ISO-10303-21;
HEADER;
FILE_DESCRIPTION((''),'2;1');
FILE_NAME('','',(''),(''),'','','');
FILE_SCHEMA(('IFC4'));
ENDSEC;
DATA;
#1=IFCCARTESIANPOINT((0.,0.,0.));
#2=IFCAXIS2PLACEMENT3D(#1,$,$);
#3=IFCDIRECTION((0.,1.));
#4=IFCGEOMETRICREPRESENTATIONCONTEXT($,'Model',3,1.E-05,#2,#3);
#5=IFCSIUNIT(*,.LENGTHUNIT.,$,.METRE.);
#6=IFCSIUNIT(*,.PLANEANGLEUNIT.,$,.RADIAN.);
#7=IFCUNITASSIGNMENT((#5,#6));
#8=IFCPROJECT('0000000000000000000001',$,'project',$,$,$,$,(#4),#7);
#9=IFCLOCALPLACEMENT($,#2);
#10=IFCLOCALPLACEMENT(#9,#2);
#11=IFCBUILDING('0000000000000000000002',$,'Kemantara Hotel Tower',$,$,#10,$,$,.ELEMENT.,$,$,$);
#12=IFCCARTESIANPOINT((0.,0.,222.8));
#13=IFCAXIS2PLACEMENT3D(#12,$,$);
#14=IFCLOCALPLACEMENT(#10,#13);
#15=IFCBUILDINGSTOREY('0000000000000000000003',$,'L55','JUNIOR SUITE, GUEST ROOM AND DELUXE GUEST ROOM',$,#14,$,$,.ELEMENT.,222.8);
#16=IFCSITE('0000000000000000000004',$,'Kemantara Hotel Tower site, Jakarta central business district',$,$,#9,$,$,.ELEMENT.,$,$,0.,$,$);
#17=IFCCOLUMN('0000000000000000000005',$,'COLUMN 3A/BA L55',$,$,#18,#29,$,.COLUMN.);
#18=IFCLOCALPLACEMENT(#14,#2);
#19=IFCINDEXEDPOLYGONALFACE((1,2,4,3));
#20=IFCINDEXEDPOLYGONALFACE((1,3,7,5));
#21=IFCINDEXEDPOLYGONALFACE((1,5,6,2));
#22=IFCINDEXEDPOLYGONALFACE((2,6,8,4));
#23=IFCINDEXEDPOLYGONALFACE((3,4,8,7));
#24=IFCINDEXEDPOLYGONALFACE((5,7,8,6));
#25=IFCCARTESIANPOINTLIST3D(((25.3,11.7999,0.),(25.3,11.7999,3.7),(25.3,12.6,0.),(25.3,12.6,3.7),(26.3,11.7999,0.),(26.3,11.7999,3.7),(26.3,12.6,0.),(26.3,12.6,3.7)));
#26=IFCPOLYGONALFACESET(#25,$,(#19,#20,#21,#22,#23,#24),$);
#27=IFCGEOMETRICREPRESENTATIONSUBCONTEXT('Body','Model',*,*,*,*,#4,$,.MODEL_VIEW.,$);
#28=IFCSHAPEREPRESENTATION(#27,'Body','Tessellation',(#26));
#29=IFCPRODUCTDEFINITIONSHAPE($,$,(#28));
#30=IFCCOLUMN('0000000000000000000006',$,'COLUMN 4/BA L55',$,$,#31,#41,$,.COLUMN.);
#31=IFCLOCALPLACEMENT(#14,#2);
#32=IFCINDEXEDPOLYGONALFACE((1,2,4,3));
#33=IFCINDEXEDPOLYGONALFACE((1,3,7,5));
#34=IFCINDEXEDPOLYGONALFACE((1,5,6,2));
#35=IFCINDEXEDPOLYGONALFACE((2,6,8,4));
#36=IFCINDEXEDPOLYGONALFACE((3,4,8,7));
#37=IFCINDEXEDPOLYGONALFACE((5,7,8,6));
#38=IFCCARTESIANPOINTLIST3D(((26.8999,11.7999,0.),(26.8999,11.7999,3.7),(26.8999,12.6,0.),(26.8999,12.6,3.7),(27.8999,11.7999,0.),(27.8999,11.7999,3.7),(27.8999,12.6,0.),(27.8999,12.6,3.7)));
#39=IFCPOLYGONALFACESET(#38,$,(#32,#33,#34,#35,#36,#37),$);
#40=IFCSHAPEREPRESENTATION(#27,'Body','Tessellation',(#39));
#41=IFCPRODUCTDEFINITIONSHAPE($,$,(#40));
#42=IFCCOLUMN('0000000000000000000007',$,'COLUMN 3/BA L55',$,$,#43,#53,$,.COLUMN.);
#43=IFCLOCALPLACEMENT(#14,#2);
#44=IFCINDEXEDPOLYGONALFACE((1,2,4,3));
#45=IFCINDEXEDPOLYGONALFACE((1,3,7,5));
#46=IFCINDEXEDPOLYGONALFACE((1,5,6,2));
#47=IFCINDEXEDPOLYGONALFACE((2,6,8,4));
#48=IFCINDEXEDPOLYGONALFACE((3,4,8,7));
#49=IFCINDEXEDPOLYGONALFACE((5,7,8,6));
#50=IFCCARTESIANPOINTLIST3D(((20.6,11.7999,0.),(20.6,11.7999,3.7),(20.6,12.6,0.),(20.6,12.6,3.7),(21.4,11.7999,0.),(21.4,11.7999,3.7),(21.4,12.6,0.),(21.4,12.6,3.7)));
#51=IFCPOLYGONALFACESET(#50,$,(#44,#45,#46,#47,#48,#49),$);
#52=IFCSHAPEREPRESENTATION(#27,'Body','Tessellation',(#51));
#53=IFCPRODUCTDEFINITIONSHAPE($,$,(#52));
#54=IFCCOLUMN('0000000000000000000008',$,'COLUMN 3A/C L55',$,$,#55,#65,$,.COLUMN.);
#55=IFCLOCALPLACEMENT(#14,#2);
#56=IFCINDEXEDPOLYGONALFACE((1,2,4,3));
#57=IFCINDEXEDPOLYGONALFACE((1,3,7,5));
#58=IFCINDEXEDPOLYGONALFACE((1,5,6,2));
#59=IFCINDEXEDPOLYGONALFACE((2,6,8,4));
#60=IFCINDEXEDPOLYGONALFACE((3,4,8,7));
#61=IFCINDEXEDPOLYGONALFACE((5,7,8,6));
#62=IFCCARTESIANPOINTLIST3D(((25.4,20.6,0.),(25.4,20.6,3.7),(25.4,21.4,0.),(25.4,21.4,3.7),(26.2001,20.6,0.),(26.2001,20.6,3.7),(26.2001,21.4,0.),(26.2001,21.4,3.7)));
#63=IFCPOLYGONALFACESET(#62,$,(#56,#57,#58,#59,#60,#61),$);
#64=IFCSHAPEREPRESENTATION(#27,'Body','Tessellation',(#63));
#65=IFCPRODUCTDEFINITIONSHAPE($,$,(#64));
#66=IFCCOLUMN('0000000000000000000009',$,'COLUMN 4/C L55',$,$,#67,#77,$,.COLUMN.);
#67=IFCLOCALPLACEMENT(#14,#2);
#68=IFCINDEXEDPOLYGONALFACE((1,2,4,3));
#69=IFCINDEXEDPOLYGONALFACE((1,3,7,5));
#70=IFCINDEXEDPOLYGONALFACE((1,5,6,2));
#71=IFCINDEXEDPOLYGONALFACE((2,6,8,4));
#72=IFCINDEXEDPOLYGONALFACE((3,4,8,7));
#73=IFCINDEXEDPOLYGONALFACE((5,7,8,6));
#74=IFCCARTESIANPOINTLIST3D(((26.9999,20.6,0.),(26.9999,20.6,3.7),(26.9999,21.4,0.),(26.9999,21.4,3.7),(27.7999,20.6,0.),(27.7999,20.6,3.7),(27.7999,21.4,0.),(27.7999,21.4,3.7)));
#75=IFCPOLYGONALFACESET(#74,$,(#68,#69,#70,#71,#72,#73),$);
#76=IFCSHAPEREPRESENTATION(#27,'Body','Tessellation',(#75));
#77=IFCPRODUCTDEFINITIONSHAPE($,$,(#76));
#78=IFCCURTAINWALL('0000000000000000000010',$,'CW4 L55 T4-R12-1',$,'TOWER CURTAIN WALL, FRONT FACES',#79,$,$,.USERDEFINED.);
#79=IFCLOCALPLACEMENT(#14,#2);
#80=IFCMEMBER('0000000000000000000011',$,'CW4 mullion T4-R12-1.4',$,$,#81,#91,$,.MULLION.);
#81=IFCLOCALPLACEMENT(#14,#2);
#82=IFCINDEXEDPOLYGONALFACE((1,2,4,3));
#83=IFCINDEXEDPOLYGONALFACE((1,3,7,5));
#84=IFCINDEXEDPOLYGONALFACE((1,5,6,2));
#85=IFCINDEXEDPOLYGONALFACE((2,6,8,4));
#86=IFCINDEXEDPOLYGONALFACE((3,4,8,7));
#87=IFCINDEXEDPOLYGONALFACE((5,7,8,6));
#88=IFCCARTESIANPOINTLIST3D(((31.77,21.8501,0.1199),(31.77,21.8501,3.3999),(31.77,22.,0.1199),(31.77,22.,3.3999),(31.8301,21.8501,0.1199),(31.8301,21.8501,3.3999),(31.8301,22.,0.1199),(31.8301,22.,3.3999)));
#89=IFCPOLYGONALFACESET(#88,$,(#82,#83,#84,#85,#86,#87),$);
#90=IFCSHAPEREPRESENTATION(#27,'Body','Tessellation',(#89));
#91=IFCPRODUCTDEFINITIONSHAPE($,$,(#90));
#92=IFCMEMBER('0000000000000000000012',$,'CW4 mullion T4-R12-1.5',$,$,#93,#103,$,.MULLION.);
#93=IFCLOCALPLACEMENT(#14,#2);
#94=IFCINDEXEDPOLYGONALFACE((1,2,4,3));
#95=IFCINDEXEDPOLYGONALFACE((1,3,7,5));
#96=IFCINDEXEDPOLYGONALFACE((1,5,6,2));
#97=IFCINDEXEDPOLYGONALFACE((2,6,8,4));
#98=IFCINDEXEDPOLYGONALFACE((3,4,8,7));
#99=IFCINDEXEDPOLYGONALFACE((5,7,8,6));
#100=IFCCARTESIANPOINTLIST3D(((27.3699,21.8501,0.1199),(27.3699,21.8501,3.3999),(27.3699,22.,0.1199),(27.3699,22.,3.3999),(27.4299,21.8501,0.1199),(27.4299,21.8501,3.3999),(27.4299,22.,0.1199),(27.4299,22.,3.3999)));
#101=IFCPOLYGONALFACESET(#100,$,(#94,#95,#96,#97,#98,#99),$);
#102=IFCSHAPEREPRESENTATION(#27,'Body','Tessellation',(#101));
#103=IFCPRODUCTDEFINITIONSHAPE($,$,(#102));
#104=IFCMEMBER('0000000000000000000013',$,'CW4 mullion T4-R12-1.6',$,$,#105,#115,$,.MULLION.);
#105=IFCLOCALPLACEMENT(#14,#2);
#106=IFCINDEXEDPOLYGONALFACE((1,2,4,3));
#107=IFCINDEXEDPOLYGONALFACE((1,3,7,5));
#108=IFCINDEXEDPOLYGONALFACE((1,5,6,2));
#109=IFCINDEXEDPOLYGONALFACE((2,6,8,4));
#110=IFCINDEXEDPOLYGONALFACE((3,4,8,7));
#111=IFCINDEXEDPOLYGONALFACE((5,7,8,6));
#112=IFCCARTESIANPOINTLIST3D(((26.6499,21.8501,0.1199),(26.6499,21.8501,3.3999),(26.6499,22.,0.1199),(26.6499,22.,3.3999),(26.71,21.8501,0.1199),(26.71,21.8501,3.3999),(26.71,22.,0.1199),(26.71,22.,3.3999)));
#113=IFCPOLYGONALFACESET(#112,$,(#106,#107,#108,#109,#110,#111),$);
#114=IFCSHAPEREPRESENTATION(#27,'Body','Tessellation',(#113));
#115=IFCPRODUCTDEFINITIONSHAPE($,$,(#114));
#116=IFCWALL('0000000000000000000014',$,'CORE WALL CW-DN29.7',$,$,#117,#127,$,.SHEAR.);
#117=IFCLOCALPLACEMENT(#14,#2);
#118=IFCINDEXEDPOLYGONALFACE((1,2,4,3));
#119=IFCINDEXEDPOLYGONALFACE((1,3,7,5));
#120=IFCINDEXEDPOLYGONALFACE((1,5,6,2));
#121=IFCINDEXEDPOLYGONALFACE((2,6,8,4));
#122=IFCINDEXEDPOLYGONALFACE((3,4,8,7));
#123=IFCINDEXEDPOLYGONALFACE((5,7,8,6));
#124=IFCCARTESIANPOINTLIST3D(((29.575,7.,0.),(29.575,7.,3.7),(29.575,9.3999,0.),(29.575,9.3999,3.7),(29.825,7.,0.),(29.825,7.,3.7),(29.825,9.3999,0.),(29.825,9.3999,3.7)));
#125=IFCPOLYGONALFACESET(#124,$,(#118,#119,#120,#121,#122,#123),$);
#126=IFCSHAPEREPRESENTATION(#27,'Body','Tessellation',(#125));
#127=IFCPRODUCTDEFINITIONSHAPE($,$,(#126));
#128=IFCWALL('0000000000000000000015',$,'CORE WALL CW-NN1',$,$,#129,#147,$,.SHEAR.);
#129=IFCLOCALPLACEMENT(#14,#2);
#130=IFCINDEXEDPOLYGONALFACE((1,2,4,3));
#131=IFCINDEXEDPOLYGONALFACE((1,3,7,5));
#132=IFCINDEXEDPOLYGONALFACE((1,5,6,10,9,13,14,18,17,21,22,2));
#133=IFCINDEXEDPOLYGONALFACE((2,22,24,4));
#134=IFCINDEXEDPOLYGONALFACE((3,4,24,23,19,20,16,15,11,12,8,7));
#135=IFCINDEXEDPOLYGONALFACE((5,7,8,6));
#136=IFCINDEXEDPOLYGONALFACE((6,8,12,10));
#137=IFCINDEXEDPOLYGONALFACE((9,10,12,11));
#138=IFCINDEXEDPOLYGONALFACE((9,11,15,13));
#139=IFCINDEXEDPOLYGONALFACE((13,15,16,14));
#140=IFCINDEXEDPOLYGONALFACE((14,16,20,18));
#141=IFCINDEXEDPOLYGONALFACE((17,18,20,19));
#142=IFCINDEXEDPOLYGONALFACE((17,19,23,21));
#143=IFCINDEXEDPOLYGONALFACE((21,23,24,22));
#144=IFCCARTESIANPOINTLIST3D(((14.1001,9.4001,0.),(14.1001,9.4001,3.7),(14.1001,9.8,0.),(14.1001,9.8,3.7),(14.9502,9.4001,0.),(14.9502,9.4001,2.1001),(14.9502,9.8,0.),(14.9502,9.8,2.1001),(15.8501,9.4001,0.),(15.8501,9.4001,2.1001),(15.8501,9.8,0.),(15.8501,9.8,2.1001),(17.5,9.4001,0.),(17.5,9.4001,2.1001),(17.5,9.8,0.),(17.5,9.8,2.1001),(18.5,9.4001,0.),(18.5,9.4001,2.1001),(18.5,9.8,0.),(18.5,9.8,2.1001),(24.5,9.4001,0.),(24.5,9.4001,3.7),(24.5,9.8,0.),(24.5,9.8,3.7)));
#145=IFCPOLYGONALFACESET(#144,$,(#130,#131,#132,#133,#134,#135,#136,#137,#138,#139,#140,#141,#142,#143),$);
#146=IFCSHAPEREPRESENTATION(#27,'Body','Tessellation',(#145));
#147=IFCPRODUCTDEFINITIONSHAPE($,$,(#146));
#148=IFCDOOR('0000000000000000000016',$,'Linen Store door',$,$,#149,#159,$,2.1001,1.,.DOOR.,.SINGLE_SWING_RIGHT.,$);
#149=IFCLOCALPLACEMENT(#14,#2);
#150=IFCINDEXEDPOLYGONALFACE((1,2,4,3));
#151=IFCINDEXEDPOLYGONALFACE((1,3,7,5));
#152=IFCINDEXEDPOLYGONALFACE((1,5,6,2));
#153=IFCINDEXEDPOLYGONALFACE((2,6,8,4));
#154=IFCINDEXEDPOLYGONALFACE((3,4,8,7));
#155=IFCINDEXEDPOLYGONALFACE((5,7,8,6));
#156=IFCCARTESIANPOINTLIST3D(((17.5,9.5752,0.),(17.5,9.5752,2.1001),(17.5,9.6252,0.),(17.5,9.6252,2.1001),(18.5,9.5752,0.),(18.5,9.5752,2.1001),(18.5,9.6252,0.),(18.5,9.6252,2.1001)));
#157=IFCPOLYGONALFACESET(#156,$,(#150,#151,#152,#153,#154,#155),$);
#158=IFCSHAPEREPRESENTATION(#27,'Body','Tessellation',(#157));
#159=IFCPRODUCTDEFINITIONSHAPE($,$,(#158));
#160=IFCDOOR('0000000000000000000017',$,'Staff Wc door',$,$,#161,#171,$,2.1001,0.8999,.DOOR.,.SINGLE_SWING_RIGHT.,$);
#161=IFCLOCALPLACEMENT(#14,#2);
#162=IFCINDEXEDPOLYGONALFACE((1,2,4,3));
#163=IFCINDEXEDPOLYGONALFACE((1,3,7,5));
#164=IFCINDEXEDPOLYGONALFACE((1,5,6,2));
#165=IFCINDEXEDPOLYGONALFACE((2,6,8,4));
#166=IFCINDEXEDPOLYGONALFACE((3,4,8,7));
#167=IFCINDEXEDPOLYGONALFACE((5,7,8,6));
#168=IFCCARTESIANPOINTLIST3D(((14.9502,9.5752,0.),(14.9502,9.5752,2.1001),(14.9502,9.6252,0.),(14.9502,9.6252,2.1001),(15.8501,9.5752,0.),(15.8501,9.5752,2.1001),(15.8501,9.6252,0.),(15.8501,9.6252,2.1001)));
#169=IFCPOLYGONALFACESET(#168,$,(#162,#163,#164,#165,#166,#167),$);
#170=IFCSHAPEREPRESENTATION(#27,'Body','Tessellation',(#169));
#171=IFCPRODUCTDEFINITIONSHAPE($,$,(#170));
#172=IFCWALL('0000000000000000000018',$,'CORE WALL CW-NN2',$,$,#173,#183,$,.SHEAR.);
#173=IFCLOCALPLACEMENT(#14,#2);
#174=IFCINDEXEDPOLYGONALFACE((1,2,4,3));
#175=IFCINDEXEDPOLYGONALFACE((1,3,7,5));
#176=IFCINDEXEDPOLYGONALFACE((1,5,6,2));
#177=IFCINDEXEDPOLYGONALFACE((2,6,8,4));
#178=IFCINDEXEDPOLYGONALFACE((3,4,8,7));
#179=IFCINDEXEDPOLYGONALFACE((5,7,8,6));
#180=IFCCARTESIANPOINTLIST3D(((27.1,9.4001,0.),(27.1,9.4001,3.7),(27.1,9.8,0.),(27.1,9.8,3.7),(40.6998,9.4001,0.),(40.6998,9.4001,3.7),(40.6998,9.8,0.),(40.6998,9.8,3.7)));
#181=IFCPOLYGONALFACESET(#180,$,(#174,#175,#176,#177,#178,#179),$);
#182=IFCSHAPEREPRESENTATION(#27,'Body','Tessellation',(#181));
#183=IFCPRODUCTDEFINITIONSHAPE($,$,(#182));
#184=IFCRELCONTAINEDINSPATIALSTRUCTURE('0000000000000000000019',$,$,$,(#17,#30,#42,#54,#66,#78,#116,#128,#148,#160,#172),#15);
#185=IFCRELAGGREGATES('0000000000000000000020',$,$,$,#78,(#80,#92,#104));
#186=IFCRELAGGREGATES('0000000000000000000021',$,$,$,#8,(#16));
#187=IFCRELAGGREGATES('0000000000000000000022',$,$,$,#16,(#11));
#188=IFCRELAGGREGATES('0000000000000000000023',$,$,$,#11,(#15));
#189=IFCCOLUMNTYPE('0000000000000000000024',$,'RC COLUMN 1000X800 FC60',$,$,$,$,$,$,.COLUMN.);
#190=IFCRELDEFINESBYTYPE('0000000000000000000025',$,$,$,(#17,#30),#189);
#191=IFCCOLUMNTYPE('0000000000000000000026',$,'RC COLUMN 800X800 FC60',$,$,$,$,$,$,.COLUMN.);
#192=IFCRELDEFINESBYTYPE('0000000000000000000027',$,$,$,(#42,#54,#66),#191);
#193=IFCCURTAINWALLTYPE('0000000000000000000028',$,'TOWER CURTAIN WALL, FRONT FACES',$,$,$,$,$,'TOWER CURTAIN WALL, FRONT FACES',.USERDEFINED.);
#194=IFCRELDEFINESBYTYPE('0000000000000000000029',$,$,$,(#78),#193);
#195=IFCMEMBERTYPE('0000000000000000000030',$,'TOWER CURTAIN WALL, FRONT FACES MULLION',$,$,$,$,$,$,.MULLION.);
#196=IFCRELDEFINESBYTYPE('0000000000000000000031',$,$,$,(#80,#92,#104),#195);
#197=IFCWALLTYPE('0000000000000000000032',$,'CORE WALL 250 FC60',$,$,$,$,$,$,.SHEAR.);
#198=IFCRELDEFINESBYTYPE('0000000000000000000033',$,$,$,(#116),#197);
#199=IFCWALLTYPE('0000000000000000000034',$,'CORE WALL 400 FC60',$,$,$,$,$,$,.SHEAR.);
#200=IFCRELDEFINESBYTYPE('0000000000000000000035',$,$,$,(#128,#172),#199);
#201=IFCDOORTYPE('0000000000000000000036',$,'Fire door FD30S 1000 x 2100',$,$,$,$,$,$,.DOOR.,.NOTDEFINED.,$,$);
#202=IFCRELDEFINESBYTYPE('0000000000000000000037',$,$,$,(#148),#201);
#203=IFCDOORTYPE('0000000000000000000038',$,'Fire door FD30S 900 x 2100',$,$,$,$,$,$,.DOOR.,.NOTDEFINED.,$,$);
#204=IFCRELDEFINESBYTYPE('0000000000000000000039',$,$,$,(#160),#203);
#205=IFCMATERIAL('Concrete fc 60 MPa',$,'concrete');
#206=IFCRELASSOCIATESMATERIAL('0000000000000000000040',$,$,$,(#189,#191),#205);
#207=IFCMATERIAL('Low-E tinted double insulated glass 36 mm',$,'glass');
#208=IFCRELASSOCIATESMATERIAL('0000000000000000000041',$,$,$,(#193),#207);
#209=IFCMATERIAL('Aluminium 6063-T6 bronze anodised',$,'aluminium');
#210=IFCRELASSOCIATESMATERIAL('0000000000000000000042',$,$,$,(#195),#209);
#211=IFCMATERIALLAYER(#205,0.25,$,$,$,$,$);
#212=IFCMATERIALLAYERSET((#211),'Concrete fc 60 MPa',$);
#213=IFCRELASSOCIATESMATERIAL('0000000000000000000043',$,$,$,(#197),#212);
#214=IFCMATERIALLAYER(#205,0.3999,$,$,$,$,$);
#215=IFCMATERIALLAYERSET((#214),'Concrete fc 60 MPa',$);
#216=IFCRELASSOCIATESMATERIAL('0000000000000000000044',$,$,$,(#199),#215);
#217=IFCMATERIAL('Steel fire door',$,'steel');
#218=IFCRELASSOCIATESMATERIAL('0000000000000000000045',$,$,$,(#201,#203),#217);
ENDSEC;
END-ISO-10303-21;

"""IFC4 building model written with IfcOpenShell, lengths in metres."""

from ifc_helpers import new_model, si_unit, direction, frame, frame_2d, origin, origin_2d, place, context, subcontext, project, spatial, rectangle, extrude, source, transform, mapped, material, layer, layer_set, material_profile, profile_set, type_object, element, fill, aggregate, save


model = new_model("IFC4")

# Units and contexts
model_context = context("Model", 3, precision=1e-05, world=origin(), true_north=direction((0.0, 1.0)))
body_context = subcontext(model_context, "Body", "Model", "MODEL_VIEW")
ifc_project = project(units=[si_unit("LENGTHUNIT", "METRE"), si_unit("PLANEANGLEUNIT", "RADIAN")], contexts=[model_context])

# Site, building, storey
site_placement = place(None, origin())
site = spatial("IfcSite", under=ifc_project, at=site_placement, Name="Kemantara Hotel Tower site, Jakarta central business district", CompositionType="ELEMENT", RefElevation=0.0)
building_placement = place(site_placement, origin())
building = spatial("IfcBuilding", under=site, at=building_placement, Name="Kemantara Hotel Tower", CompositionType="ELEMENT")
storey_placement = place(building_placement, frame((0.0, 0.0, 222.8)))
storey = spatial("IfcBuildingStorey", under=building, at=storey_placement, Name="L55", Description="JUNIOR SUITE, GUEST ROOM AND DELUXE GUEST ROOM", CompositionType="ELEMENT", Elevation=222.8)

# Columns
ifc_material_1 = material(Name="Concrete fc 60 MPa", Category="concrete")
ifc_material_profile_1 = material_profile(ifc_material_1, rectangle(XDim=1.0, YDim=0.8, at=origin_2d()), Name="RC 1000X800")
ifc_profile_set_1 = profile_set([ifc_material_profile_1], Name="Concrete fc 60 MPa")
column_type_1 = type_object("IfcColumnType", Name="RC COLUMN 1000X800 FC60", PredefinedType="COLUMN", material=ifc_profile_set_1)
for number, where, z_axis, x_axis, name in (
    (1, (25.8, 12.2, 0.0), (0.0, 0.0, 1.0), (1.0, 0.0, 0.0), "COLUMN 3A/BA L55"),
    (2, (27.3999, 12.2, 0.0), (0.0, 0.0, 1.0), (1.0, 0.0, 0.0), "COLUMN 4/BA L55"),
):
    element("IfcColumn", number, at=place(storey_placement, frame(where, z_axis=z_axis, x_axis=x_axis)), inside=storey, type_object=column_type_1, Name=name, PredefinedType="COLUMN", context=body_context, shape_type="SweptSolid", body=[
        extrude(rectangle(XDim=1.0, YDim=0.8, at=origin_2d()), origin(), (0.0, 0.0, 1.0), 3.7),
    ])
ifc_material_profile_2 = material_profile(ifc_material_1, rectangle(XDim=0.8, YDim=0.8, at=origin_2d()), Name="RC 800X800")
ifc_profile_set_2 = profile_set([ifc_material_profile_2], Name="Concrete fc 60 MPa")
column_type_2 = type_object("IfcColumnType", Name="RC COLUMN 800X800 FC60", PredefinedType="COLUMN", material=ifc_profile_set_2)
for number, where, z_axis, x_axis, name in (
    (3, (21.0, 12.2, 0.0), (0.0, 0.0, 1.0), (1.0, 0.0, 0.0), "COLUMN 3/BA L55"),
    (4, (25.8, 21.0, 0.0), (0.0, 0.0, 1.0), (1.0, 0.0, 0.0), "COLUMN 3A/C L55"),
    (5, (27.3999, 21.0, 0.0), (0.0, 0.0, 1.0), (1.0, 0.0, 0.0), "COLUMN 4/C L55"),
):
    element("IfcColumn", number, at=place(storey_placement, frame(where, z_axis=z_axis, x_axis=x_axis)), inside=storey, type_object=column_type_2, Name=name, PredefinedType="COLUMN", context=body_context, shape_type="SweptSolid", body=[
        extrude(rectangle(XDim=0.8, YDim=0.8, at=origin_2d()), origin(), (0.0, 0.0, 1.0), 3.7),
    ])

# Curtain wall, members
ifc_material_2 = material(Name="Low-E tinted double insulated glass 36 mm", Category="glass")
curtain_wall_type = type_object("IfcCurtainWallType", Name="TOWER CURTAIN WALL, FRONT FACES", ElementType="TOWER CURTAIN WALL, FRONT FACES", PredefinedType="USERDEFINED", material=ifc_material_2)
curtain_wall_placement = place(storey_placement, origin())
curtain_wall = element("IfcCurtainWall", 6, at=curtain_wall_placement, inside=storey, type_object=curtain_wall_type, Name="CW4 L55 T4-R12-1", ObjectType="TOWER CURTAIN WALL, FRONT FACES", PredefinedType="USERDEFINED")
ifc_material_3 = material(Name="Aluminium 6063-T6 bronze anodised", Category="aluminium")
ifc_material_profile_3 = material_profile(ifc_material_3, rectangle(XDim=0.1499, YDim=0.0601, at=origin_2d()), Name="TOWER CURTAIN WALL, FRONT FACES MULLION")
ifc_profile_set_3 = profile_set([ifc_material_profile_3], Name="Aluminium 6063-T6 bronze anodised")
member_type = type_object("IfcMemberType", Name="TOWER CURTAIN WALL, FRONT FACES MULLION", PredefinedType="MULLION", material=ifc_profile_set_3)
shared_shape = source(origin(), body_context, "Body", "SweptSolid", [
    extrude(rectangle(XDim=0.1499, YDim=0.0601, at=origin_2d()), origin(), (0.0, 0.0, 1.0), 3.28),
])
member_1_placement = place(storey_placement, frame((31.8, 21.925, 0.1199), z_axis=(0.0, 0.0, 1.0), x_axis=(0.0, -1.0, 0.0)))
member_1 = element("IfcMember", 7, at=member_1_placement, type_object=member_type, Name="CW4 mullion T4-R12-1.4", PredefinedType="MULLION", context=body_context, shape_type="MappedRepresentation", body=[
    mapped(shared_shape, transform((0.0, 0.0, 0.0))),
])
member_2_placement = place(storey_placement, frame((27.3999, 21.925, 0.1199), z_axis=(0.0, 0.0, 1.0), x_axis=(0.0, -1.0, 0.0)))
member_2 = element("IfcMember", 8, at=member_2_placement, type_object=member_type, Name="CW4 mullion T4-R12-1.5", PredefinedType="MULLION", context=body_context, shape_type="MappedRepresentation", body=[
    mapped(shared_shape, transform((0.0, 0.0, 0.0))),
])
member_3_placement = place(storey_placement, frame((26.6799, 21.925, 0.1199), z_axis=(0.0, 0.0, 1.0), x_axis=(0.0, -1.0, 0.0)))
member_3 = element("IfcMember", 9, at=member_3_placement, type_object=member_type, Name="CW4 mullion T4-R12-1.6", PredefinedType="MULLION", context=body_context, shape_type="MappedRepresentation", body=[
    mapped(shared_shape, transform((0.0, 0.0, 0.0))),
])
aggregate(curtain_wall, [member_1, member_2, member_3])

# Wall
ifc_layer_1 = layer(ifc_material_1, 0.25)
ifc_layer_set_1 = layer_set([ifc_layer_1], Name="Concrete fc 60 MPa")
wall_type_1 = type_object("IfcWallType", Name="CORE WALL 250 FC60", PredefinedType="SHEAR", material=ifc_layer_set_1)
wall_1_placement = place(storey_placement, frame((29.7, 7.0, 0.0), z_axis=(0.0, 0.0, 1.0), x_axis=(0.0, 1.0, 0.0)))
element("IfcWall", 10, at=wall_1_placement, inside=storey, type_object=wall_type_1, Name="CORE WALL CW-DN29.7", PredefinedType="SHEAR", context=body_context, shape_type="SweptSolid", body=[
    extrude(rectangle(XDim=2.3999, YDim=0.25, at=frame_2d((1.2, 0.0))), origin(), (0.0, 0.0, 1.0), 3.7),
])

# Wall, openings, doors
ifc_layer_2 = layer(ifc_material_1, 0.3999)
ifc_layer_set_2 = layer_set([ifc_layer_2], Name="Concrete fc 60 MPa")
wall_type_2 = type_object("IfcWallType", Name="CORE WALL 400 FC60", PredefinedType="SHEAR", material=ifc_layer_set_2)
wall_2_placement = place(storey_placement, frame((14.1001, 9.6001, 0.0), z_axis=(0.0, 0.0, 1.0), x_axis=(1.0, 0.0, 0.0)))
wall_2 = element("IfcWall", 11, at=wall_2_placement, inside=storey, type_object=wall_type_2, Name="CORE WALL CW-NN1", PredefinedType="SHEAR", context=body_context, shape_type="SweptSolid", body=[
    extrude(rectangle(XDim=10.3999, YDim=0.3999, at=frame_2d((5.2, 0.0))), origin(), (0.0, 0.0, 1.0), 3.7),
])
opening_1_placement = place(wall_2_placement, frame((0.8501, 0.0, 0.0)))
opening_1 = element("IfcOpeningElement", 12, at=opening_1_placement, cuts=wall_2, PredefinedType="OPENING", context=body_context, shape_type="SweptSolid", body=[
    extrude(rectangle(XDim=0.8999, YDim=2.1001, at=frame_2d((0.45, 1.05))), frame((0.0, 0.21, 0.0), z_axis=(0.0, -1.0, 0.0), x_axis=(1.0, 0.0, 0.0)), (0.0, 0.0, 1.0), 0.4199),
])
opening_2_placement = place(wall_2_placement, frame((3.3999, 0.0, 0.0)))
opening_2 = element("IfcOpeningElement", 13, at=opening_2_placement, cuts=wall_2, PredefinedType="OPENING", context=body_context, shape_type="SweptSolid", body=[
    extrude(rectangle(XDim=1.0, YDim=2.1001, at=frame_2d((0.5, 1.05))), frame((0.0, 0.21, 0.0), z_axis=(0.0, -1.0, 0.0), x_axis=(1.0, 0.0, 0.0)), (0.0, 0.0, 1.0), 0.4199),
])
ifc_material_4 = material(Name="Steel fire door", Category="steel")
door_type_1 = type_object("IfcDoorType", Name="Fire door FD30S 1000 x 2100", OperationType="NOTDEFINED", PredefinedType="DOOR", material=ifc_material_4)
door_1_placement = place(opening_2_placement, frame((1.0, 0.0, 0.0), z_axis=(0.0, 0.0, 1.0), x_axis=(-1.0, 0.0, 0.0)))
door_1 = element("IfcDoor", 14, at=door_1_placement, inside=storey, type_object=door_type_1, Name="Linen Store door", OperationType="SINGLE_SWING_RIGHT", OverallHeight=2.1001, OverallWidth=1.0, PredefinedType="DOOR", context=body_context, shape_type="SweptSolid", body=[
    extrude(rectangle(XDim=1.0, YDim=2.1001, at=frame_2d((0.5, 1.05))), frame((0.0, 0.0249, 0.0), z_axis=(0.0, -1.0, 0.0), x_axis=(1.0, 0.0, 0.0)), (0.0, 0.0, 1.0), 0.05),
])
fill(opening_2, door_1)
door_type_2 = type_object("IfcDoorType", Name="Fire door FD30S 900 x 2100", OperationType="NOTDEFINED", PredefinedType="DOOR", material=ifc_material_4)
door_2_placement = place(opening_1_placement, frame((0.8999, 0.0, 0.0), z_axis=(0.0, 0.0, 1.0), x_axis=(-1.0, 0.0, 0.0)))
door_2 = element("IfcDoor", 15, at=door_2_placement, inside=storey, type_object=door_type_2, Name="Staff Wc door", OperationType="SINGLE_SWING_RIGHT", OverallHeight=2.1001, OverallWidth=0.8999, PredefinedType="DOOR", context=body_context, shape_type="SweptSolid", body=[
    extrude(rectangle(XDim=0.8999, YDim=2.1001, at=frame_2d((0.45, 1.05))), frame((0.0, 0.0249, 0.0), z_axis=(0.0, -1.0, 0.0), x_axis=(1.0, 0.0, 0.0)), (0.0, 0.0, 1.0), 0.05),
])
fill(opening_1, door_2)

# Wall
wall_3_placement = place(storey_placement, frame((27.1001, 9.6001, 0.0), z_axis=(0.0, 0.0, 1.0), x_axis=(1.0, 0.0, 0.0)))
element("IfcWall", 16, at=wall_3_placement, inside=storey, type_object=wall_type_2, Name="CORE WALL CW-NN2", PredefinedType="SHEAR", context=body_context, shape_type="SweptSolid", body=[
    extrude(rectangle(XDim=13.5999, YDim=0.3999, at=frame_2d((6.7998, 0.0))), origin(), (0.0, 0.0, 1.0), 3.7),
])

save(model, "model.ifc")
